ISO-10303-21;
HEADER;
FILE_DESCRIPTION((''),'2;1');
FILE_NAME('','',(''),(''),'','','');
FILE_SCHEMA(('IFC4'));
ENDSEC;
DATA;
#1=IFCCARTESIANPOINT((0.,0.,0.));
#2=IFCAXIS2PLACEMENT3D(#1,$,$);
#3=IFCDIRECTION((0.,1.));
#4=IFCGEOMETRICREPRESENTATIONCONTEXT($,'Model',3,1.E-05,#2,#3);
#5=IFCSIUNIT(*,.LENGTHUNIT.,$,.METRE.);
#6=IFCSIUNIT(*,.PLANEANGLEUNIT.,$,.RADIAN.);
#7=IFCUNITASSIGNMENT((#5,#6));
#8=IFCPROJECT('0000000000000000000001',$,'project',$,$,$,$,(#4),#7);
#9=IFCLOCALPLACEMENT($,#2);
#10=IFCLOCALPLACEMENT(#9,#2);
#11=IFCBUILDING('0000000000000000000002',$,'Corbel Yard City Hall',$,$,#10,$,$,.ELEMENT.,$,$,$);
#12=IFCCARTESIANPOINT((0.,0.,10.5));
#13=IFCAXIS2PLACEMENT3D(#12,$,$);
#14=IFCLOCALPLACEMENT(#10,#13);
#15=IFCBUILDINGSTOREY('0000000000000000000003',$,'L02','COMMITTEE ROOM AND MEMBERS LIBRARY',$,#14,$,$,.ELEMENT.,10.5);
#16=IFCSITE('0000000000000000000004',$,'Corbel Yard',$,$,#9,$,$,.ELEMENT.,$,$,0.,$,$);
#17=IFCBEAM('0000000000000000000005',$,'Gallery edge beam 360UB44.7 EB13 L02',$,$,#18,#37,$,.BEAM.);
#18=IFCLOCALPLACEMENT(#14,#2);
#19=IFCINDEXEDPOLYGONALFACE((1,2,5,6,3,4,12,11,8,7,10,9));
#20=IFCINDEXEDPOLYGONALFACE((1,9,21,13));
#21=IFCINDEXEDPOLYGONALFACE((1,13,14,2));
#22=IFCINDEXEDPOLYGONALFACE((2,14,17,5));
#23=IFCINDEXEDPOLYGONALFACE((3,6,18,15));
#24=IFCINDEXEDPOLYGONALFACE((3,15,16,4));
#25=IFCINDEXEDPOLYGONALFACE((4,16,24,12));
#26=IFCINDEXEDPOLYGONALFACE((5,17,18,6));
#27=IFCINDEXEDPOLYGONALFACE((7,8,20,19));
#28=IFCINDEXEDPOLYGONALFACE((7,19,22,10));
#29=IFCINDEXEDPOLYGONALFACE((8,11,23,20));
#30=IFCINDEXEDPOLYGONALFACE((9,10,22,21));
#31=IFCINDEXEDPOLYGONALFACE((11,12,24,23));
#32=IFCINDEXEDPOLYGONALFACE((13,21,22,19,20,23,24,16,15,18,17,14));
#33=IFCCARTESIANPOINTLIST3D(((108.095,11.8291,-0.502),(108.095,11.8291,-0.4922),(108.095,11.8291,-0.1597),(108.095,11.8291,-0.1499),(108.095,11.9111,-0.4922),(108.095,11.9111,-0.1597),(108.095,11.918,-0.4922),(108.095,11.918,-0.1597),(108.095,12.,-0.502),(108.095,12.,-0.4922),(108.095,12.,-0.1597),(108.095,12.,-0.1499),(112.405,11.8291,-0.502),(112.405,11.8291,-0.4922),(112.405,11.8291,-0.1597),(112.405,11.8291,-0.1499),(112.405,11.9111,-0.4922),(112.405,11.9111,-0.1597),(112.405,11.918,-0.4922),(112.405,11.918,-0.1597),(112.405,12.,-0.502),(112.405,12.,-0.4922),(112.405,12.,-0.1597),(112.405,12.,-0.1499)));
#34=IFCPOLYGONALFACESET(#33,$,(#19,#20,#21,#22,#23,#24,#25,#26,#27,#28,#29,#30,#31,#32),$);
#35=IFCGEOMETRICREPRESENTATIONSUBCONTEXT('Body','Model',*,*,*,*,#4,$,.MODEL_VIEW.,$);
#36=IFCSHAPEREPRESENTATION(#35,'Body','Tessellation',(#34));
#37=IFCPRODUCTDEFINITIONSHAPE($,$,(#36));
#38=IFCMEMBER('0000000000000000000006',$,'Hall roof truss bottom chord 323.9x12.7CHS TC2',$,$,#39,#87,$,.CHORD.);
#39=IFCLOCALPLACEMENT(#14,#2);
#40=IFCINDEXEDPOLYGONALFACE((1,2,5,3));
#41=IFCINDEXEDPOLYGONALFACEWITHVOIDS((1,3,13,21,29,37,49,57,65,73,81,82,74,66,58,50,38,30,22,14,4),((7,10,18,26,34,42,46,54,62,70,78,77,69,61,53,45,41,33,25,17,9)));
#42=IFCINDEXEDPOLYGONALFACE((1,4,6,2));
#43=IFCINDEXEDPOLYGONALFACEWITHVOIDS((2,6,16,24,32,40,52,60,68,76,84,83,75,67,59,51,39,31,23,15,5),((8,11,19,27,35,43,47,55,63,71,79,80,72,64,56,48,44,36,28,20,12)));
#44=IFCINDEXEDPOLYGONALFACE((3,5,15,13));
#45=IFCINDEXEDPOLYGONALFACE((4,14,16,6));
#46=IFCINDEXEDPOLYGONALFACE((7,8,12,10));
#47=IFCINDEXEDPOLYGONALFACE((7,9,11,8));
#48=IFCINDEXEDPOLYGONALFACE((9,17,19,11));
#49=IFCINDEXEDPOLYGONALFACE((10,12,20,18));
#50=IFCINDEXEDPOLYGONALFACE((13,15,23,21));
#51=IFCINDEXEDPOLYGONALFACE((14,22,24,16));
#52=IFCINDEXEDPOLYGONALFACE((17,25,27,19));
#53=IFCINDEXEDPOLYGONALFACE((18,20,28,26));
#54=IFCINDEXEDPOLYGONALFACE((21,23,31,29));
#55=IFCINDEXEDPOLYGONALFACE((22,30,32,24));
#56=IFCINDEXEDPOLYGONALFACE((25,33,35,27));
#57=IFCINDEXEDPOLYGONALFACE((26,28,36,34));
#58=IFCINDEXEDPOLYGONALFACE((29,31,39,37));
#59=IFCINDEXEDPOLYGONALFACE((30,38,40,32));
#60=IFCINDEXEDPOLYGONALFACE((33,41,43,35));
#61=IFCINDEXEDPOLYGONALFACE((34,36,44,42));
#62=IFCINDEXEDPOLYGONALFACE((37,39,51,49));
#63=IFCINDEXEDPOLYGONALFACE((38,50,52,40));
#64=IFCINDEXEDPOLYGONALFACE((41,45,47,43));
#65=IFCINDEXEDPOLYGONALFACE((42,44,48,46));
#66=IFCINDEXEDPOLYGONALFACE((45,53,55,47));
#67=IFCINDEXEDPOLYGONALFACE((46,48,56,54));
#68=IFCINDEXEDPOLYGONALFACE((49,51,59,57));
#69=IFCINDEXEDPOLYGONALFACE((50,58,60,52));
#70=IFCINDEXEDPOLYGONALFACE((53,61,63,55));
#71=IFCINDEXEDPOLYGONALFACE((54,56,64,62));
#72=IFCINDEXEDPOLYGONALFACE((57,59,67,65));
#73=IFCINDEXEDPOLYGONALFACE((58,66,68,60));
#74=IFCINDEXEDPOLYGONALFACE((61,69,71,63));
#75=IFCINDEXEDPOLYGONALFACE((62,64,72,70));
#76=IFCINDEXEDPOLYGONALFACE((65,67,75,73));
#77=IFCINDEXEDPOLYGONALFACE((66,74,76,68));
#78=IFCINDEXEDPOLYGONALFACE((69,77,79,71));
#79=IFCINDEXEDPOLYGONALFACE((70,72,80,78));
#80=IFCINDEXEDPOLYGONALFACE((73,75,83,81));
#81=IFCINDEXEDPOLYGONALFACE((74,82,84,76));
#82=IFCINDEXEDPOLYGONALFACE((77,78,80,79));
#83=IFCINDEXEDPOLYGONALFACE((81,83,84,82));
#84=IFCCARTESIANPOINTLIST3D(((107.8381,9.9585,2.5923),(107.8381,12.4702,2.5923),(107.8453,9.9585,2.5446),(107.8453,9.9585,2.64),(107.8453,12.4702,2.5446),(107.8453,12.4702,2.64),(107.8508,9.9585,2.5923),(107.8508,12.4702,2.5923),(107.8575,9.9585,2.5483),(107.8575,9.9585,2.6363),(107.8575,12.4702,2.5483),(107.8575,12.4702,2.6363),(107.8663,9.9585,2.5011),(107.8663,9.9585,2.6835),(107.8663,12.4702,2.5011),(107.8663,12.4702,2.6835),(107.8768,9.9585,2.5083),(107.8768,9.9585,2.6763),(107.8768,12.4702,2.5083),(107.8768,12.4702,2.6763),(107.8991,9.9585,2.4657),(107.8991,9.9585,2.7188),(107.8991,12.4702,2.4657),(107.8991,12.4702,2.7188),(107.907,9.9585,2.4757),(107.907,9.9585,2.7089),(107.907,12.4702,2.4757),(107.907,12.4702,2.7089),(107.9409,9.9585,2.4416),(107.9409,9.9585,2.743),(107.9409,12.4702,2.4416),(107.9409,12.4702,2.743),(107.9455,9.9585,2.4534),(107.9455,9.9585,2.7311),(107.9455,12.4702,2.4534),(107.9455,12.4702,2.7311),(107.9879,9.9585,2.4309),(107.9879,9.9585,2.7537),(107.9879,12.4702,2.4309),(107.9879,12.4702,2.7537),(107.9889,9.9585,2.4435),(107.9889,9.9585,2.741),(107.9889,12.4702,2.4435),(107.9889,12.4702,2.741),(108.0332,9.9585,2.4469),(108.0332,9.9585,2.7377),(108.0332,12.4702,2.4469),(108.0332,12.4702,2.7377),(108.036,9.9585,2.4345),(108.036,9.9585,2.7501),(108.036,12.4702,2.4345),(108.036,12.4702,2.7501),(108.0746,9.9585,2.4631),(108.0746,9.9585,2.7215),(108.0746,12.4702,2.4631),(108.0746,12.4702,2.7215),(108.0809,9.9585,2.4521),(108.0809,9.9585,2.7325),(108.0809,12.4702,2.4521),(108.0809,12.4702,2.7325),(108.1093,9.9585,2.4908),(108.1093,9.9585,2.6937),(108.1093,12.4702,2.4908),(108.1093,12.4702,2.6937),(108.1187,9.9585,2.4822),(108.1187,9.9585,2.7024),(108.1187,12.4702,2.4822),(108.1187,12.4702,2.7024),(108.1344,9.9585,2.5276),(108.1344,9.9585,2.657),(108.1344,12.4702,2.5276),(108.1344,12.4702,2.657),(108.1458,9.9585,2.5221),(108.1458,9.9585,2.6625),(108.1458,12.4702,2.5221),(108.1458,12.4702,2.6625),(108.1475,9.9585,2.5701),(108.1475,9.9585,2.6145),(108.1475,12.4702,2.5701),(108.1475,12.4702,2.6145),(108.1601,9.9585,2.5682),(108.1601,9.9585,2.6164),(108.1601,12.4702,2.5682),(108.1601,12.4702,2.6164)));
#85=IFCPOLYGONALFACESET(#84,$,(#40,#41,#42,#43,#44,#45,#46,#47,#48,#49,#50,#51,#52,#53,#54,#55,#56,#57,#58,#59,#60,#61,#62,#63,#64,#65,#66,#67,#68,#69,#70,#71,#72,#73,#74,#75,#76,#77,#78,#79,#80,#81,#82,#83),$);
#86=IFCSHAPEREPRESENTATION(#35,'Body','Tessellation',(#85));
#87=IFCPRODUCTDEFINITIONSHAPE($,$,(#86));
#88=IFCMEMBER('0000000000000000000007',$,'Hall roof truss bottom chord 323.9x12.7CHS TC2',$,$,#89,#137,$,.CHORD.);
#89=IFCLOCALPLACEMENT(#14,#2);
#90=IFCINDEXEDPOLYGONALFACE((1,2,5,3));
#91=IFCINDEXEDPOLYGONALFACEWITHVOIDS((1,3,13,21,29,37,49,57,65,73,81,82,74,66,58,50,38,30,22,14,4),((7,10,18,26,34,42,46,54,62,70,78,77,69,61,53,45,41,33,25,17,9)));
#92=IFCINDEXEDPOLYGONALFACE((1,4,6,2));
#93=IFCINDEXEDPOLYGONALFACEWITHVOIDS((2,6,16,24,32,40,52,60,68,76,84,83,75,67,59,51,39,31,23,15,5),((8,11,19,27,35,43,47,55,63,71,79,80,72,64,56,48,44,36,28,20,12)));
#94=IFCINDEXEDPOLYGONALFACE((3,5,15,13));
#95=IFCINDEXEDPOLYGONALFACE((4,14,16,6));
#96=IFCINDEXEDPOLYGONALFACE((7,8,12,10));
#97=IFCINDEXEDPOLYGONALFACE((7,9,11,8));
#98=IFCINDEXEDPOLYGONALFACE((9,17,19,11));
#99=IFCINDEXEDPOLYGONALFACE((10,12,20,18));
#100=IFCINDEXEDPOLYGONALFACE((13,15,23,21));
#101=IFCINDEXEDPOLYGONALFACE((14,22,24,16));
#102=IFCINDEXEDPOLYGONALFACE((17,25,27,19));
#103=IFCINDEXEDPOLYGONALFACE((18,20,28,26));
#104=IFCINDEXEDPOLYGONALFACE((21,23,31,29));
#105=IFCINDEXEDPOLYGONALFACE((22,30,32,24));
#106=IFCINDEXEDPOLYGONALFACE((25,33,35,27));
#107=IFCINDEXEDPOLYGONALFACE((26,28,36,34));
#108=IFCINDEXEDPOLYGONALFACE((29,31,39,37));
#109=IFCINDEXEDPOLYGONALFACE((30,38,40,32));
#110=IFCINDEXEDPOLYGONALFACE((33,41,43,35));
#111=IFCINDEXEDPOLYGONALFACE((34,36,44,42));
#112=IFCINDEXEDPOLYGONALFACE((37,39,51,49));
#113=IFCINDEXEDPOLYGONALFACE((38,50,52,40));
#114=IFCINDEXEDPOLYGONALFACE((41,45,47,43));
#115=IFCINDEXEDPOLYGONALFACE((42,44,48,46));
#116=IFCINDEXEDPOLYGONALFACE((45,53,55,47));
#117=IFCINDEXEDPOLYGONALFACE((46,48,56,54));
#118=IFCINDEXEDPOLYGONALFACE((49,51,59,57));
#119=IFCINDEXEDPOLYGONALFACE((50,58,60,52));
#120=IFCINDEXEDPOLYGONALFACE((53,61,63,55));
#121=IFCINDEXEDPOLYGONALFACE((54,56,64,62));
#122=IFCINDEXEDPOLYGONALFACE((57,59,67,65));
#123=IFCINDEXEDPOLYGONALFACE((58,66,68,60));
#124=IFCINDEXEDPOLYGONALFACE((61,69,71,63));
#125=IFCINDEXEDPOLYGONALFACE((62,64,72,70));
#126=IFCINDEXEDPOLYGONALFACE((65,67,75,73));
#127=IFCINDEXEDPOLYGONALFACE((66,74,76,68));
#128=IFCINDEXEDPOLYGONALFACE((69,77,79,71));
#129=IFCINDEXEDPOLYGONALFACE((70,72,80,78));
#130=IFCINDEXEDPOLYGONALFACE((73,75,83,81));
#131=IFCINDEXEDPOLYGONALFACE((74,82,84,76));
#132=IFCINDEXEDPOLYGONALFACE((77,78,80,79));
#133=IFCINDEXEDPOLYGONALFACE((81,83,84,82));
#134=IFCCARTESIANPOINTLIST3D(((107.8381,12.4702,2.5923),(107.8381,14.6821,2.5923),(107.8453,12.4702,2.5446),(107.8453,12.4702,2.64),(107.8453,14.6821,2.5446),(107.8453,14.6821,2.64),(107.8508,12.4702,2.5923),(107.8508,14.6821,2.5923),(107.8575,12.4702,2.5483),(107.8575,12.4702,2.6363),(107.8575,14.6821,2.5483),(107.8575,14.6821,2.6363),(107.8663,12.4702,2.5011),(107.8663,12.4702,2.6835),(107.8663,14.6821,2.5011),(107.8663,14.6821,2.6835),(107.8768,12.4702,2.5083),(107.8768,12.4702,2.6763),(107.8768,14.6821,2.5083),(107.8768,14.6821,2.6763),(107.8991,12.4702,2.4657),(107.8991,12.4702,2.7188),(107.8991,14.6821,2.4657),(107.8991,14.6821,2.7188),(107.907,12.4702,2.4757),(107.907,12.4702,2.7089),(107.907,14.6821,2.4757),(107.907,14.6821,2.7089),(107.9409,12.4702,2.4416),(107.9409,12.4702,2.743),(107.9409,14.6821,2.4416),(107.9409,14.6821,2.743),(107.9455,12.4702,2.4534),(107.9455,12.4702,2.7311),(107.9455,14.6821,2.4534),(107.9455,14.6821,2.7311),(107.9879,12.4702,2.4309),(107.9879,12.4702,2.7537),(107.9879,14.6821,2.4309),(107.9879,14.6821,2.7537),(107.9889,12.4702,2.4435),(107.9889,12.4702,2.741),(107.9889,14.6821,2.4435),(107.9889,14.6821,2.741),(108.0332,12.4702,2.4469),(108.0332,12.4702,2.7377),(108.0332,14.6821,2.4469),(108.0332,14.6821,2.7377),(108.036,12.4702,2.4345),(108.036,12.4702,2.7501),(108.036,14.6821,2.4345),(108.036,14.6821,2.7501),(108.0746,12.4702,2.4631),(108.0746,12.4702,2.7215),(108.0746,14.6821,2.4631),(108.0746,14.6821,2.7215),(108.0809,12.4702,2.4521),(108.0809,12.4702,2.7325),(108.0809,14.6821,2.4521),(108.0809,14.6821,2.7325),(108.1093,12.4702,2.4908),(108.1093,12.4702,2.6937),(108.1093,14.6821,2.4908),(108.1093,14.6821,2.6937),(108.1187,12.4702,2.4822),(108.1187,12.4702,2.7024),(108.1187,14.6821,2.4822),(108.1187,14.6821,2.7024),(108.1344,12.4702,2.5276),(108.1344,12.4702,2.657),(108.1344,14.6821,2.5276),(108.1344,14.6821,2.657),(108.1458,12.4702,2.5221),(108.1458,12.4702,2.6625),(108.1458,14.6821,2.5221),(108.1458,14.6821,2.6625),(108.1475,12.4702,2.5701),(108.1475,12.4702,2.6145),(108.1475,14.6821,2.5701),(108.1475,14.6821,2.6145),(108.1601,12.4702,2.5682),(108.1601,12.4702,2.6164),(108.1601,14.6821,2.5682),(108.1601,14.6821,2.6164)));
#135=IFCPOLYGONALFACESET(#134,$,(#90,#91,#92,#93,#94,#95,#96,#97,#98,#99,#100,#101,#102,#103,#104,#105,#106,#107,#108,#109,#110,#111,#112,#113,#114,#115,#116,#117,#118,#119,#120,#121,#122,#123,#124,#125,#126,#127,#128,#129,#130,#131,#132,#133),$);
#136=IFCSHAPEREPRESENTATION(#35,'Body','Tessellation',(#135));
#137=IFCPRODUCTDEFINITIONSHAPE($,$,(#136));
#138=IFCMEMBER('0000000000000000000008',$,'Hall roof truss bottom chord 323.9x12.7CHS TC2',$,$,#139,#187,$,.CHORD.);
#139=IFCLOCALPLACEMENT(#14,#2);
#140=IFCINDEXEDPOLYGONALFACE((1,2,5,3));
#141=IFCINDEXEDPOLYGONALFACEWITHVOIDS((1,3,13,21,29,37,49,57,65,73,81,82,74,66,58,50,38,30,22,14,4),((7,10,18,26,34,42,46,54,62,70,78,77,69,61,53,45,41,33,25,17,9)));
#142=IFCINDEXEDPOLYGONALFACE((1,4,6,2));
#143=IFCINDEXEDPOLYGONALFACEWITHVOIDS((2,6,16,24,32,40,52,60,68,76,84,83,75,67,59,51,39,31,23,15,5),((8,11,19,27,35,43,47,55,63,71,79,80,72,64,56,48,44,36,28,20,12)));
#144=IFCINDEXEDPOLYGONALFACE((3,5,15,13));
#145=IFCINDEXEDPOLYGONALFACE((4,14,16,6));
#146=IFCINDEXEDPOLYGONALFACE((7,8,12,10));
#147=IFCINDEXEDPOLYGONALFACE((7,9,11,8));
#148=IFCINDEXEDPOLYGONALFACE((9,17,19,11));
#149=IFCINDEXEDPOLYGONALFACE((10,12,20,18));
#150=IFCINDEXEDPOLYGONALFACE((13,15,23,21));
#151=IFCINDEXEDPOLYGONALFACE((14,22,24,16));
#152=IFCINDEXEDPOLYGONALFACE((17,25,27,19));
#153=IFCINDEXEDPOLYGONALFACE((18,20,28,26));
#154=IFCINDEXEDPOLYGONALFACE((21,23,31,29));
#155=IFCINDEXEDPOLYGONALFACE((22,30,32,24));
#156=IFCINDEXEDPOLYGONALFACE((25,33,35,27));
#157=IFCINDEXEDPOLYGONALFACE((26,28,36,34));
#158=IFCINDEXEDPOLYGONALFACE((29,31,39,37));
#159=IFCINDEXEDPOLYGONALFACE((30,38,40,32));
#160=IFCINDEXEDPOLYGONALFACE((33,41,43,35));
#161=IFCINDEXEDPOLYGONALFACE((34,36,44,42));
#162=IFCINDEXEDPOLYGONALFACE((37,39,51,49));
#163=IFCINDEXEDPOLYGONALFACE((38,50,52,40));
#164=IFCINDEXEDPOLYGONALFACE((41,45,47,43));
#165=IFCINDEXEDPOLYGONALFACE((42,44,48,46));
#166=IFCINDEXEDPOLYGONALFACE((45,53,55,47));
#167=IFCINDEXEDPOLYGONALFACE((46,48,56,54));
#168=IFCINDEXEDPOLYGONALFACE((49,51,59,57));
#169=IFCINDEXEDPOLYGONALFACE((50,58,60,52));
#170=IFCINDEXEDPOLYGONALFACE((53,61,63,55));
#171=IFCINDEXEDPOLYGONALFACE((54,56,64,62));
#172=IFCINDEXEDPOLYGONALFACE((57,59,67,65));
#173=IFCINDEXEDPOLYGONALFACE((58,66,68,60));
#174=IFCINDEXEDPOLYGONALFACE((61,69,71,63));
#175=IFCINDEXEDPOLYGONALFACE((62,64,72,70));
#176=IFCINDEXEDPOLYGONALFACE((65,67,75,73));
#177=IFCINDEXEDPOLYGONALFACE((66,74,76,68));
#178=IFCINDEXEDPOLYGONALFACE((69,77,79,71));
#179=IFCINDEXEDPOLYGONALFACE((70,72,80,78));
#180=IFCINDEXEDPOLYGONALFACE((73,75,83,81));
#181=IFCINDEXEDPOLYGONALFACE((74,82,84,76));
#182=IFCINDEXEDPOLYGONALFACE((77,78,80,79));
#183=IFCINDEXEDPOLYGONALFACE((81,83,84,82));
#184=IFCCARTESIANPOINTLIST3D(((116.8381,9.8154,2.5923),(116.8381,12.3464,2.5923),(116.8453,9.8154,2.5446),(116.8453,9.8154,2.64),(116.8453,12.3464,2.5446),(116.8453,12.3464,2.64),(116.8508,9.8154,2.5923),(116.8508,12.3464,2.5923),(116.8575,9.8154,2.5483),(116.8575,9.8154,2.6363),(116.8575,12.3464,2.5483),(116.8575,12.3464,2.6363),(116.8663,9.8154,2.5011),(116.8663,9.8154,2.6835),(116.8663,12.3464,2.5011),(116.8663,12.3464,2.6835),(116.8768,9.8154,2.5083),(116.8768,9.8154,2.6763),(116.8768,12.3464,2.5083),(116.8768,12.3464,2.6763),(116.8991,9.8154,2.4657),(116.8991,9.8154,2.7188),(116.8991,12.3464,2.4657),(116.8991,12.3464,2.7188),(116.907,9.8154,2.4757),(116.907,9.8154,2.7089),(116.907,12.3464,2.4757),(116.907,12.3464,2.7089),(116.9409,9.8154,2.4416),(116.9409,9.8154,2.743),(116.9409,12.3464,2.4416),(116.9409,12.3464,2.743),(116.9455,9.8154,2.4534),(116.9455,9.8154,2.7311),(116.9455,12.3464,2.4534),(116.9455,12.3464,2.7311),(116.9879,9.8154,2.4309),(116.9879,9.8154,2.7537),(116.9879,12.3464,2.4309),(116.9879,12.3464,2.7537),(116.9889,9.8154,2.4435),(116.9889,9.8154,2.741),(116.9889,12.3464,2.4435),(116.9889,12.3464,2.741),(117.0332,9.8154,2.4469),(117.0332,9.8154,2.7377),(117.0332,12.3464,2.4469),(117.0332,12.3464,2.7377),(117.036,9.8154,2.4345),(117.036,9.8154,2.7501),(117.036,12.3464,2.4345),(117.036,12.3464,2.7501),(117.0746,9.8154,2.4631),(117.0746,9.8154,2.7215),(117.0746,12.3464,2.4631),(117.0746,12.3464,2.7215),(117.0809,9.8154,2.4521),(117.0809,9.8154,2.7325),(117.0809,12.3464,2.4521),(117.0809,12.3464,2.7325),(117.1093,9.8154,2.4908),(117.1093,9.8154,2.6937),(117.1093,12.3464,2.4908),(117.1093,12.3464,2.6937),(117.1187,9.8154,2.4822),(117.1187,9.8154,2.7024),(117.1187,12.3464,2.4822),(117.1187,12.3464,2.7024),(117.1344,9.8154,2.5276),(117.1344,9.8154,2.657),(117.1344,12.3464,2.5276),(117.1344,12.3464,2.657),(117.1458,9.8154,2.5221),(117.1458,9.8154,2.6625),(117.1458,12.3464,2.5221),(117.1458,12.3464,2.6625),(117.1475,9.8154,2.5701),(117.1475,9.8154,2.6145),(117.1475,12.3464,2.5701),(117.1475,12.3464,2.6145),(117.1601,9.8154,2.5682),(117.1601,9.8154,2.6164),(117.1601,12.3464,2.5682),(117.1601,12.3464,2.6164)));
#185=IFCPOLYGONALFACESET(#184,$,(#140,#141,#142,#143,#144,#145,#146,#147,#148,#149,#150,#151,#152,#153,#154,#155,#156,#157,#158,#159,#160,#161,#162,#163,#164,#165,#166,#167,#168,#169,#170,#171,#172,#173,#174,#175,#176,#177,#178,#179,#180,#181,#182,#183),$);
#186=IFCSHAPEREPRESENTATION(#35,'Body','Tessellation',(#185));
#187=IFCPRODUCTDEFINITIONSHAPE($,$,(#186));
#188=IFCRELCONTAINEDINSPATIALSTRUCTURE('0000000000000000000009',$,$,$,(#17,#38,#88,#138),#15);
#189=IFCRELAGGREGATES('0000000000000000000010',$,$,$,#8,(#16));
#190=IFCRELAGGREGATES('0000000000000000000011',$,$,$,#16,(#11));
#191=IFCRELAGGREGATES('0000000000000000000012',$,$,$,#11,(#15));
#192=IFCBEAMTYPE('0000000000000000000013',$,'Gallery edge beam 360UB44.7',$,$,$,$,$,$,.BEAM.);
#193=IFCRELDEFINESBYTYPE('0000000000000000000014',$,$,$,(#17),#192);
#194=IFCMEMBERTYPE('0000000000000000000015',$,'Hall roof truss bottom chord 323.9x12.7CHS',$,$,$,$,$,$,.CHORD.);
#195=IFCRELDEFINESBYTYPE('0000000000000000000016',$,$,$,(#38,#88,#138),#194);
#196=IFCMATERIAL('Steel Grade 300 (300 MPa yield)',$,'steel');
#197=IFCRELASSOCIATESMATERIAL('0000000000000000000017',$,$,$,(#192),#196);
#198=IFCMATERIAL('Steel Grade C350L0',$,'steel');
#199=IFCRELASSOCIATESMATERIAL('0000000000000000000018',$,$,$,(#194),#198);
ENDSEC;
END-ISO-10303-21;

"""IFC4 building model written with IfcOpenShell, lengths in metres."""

from ifc_helpers import new_model, si_unit, direction, frame, origin, origin_2d, place, context, subcontext, project, spatial, hollow_circle, i_section, extrude, material, material_profile, profile_set, type_object, element, save


model = new_model("IFC4")

# Units and contexts
model_context = context("Model", 3, precision=1e-05, world=origin(), true_north=direction((0.0, 1.0)))
body_context = subcontext(model_context, "Body", "Model", "MODEL_VIEW")
ifc_project = project(units=[si_unit("LENGTHUNIT", "METRE"), si_unit("PLANEANGLEUNIT", "RADIAN")], contexts=[model_context])

# Site, building, storey
site_placement = place(None, origin())
site = spatial("IfcSite", under=ifc_project, at=site_placement, Name="Corbel Yard", CompositionType="ELEMENT", RefElevation=0.0)
building_placement = place(site_placement, origin())
building = spatial("IfcBuilding", under=site, at=building_placement, Name="Corbel Yard City Hall", CompositionType="ELEMENT")
storey_placement = place(building_placement, frame((0.0, 0.0, 10.5)))
storey = spatial("IfcBuildingStorey", under=building, at=storey_placement, Name="L02", Description="COMMITTEE ROOM AND MEMBERS LIBRARY", CompositionType="ELEMENT", Elevation=10.5)

# Beam
ifc_material_1 = material(Name="Steel Grade 300 (300 MPa yield)", Category="steel")
ifc_material_profile_1 = material_profile(ifc_material_1, i_section(OverallWidth=0.1709, OverallDepth=0.3521, WebThickness=0.0068, FlangeThickness=0.0098, at=origin_2d()), Name="360UB44.7")
ifc_profile_set_1 = profile_set([ifc_material_profile_1], Name="Steel Grade 300 (300 MPa yield)")
beam_type = type_object("IfcBeamType", Name="Gallery edge beam 360UB44.7", PredefinedType="BEAM", material=ifc_profile_set_1)
beam_placement = place(storey_placement, frame((108.095, 11.9146, -0.3259), z_axis=(1.0, 0.0, 0.0), x_axis=(0.0, 1.0, 0.0)))
element("IfcBeam", 1, at=beam_placement, inside=storey, type_object=beam_type, Name="Gallery edge beam 360UB44.7 EB13 L02", PredefinedType="BEAM", context=body_context, shape_type="SweptSolid", body=[
    extrude(i_section(OverallWidth=0.1709, OverallDepth=0.3521, WebThickness=0.0068, FlangeThickness=0.0098, at=origin_2d()), origin(), (0.0, 0.0, 1.0), 4.3101),
])

# Members
ifc_material_2 = material(Name="Steel Grade C350L0", Category="steel")
ifc_material_profile_2 = material_profile(ifc_material_2, hollow_circle(Radius=0.1619, WallThickness=0.0127, at=origin_2d()), Name="323.9x12.7CHS")
ifc_profile_set_2 = profile_set([ifc_material_profile_2], Name="Steel Grade C350L0")
member_type_1 = type_object("IfcMemberType", Name="Hall roof truss bottom chord 323.9x12.7CHS", PredefinedType="CHORD", material=ifc_profile_set_2)
member_1_placement = place(storey_placement, frame((108.0, 9.9585, 2.5923), z_axis=(0.0, 1.0, 0.0), x_axis=(-1.0, 0.0, 0.0)))
element("IfcMember", 2, at=member_1_placement, inside=storey, type_object=member_type_1, Name="Hall roof truss bottom chord 323.9x12.7CHS TC2", PredefinedType="CHORD", context=body_context, shape_type="SweptSolid", body=[
    extrude(hollow_circle(Radius=0.1619, WallThickness=0.0127, at=origin_2d()), origin(), (0.0, 0.0, 1.0), 2.5117),
])
member_2_placement = place(storey_placement, frame((108.0, 12.4702, 2.5923), z_axis=(0.0, 1.0, 0.0), x_axis=(-1.0, 0.0, 0.0)))
element("IfcMember", 3, at=member_2_placement, inside=storey, type_object=member_type_1, Name="Hall roof truss bottom chord 323.9x12.7CHS TC2", PredefinedType="CHORD", context=body_context, shape_type="SweptSolid", body=[
    extrude(hollow_circle(Radius=0.1619, WallThickness=0.0127, at=origin_2d()), origin(), (0.0, 0.0, 1.0), 2.2119),
])
member_3_placement = place(storey_placement, frame((117.0, 9.8154, 2.5923), z_axis=(0.0, 1.0, 0.0), x_axis=(-1.0, 0.0, 0.0)))
element("IfcMember", 4, at=member_3_placement, inside=storey, type_object=member_type_1, Name="Hall roof truss bottom chord 323.9x12.7CHS TC2", PredefinedType="CHORD", context=body_context, shape_type="SweptSolid", body=[
    extrude(hollow_circle(Radius=0.1619, WallThickness=0.0127, at=origin_2d()), origin(), (0.0, 0.0, 1.0), 2.531),
])

save(model, "model.ifc")
